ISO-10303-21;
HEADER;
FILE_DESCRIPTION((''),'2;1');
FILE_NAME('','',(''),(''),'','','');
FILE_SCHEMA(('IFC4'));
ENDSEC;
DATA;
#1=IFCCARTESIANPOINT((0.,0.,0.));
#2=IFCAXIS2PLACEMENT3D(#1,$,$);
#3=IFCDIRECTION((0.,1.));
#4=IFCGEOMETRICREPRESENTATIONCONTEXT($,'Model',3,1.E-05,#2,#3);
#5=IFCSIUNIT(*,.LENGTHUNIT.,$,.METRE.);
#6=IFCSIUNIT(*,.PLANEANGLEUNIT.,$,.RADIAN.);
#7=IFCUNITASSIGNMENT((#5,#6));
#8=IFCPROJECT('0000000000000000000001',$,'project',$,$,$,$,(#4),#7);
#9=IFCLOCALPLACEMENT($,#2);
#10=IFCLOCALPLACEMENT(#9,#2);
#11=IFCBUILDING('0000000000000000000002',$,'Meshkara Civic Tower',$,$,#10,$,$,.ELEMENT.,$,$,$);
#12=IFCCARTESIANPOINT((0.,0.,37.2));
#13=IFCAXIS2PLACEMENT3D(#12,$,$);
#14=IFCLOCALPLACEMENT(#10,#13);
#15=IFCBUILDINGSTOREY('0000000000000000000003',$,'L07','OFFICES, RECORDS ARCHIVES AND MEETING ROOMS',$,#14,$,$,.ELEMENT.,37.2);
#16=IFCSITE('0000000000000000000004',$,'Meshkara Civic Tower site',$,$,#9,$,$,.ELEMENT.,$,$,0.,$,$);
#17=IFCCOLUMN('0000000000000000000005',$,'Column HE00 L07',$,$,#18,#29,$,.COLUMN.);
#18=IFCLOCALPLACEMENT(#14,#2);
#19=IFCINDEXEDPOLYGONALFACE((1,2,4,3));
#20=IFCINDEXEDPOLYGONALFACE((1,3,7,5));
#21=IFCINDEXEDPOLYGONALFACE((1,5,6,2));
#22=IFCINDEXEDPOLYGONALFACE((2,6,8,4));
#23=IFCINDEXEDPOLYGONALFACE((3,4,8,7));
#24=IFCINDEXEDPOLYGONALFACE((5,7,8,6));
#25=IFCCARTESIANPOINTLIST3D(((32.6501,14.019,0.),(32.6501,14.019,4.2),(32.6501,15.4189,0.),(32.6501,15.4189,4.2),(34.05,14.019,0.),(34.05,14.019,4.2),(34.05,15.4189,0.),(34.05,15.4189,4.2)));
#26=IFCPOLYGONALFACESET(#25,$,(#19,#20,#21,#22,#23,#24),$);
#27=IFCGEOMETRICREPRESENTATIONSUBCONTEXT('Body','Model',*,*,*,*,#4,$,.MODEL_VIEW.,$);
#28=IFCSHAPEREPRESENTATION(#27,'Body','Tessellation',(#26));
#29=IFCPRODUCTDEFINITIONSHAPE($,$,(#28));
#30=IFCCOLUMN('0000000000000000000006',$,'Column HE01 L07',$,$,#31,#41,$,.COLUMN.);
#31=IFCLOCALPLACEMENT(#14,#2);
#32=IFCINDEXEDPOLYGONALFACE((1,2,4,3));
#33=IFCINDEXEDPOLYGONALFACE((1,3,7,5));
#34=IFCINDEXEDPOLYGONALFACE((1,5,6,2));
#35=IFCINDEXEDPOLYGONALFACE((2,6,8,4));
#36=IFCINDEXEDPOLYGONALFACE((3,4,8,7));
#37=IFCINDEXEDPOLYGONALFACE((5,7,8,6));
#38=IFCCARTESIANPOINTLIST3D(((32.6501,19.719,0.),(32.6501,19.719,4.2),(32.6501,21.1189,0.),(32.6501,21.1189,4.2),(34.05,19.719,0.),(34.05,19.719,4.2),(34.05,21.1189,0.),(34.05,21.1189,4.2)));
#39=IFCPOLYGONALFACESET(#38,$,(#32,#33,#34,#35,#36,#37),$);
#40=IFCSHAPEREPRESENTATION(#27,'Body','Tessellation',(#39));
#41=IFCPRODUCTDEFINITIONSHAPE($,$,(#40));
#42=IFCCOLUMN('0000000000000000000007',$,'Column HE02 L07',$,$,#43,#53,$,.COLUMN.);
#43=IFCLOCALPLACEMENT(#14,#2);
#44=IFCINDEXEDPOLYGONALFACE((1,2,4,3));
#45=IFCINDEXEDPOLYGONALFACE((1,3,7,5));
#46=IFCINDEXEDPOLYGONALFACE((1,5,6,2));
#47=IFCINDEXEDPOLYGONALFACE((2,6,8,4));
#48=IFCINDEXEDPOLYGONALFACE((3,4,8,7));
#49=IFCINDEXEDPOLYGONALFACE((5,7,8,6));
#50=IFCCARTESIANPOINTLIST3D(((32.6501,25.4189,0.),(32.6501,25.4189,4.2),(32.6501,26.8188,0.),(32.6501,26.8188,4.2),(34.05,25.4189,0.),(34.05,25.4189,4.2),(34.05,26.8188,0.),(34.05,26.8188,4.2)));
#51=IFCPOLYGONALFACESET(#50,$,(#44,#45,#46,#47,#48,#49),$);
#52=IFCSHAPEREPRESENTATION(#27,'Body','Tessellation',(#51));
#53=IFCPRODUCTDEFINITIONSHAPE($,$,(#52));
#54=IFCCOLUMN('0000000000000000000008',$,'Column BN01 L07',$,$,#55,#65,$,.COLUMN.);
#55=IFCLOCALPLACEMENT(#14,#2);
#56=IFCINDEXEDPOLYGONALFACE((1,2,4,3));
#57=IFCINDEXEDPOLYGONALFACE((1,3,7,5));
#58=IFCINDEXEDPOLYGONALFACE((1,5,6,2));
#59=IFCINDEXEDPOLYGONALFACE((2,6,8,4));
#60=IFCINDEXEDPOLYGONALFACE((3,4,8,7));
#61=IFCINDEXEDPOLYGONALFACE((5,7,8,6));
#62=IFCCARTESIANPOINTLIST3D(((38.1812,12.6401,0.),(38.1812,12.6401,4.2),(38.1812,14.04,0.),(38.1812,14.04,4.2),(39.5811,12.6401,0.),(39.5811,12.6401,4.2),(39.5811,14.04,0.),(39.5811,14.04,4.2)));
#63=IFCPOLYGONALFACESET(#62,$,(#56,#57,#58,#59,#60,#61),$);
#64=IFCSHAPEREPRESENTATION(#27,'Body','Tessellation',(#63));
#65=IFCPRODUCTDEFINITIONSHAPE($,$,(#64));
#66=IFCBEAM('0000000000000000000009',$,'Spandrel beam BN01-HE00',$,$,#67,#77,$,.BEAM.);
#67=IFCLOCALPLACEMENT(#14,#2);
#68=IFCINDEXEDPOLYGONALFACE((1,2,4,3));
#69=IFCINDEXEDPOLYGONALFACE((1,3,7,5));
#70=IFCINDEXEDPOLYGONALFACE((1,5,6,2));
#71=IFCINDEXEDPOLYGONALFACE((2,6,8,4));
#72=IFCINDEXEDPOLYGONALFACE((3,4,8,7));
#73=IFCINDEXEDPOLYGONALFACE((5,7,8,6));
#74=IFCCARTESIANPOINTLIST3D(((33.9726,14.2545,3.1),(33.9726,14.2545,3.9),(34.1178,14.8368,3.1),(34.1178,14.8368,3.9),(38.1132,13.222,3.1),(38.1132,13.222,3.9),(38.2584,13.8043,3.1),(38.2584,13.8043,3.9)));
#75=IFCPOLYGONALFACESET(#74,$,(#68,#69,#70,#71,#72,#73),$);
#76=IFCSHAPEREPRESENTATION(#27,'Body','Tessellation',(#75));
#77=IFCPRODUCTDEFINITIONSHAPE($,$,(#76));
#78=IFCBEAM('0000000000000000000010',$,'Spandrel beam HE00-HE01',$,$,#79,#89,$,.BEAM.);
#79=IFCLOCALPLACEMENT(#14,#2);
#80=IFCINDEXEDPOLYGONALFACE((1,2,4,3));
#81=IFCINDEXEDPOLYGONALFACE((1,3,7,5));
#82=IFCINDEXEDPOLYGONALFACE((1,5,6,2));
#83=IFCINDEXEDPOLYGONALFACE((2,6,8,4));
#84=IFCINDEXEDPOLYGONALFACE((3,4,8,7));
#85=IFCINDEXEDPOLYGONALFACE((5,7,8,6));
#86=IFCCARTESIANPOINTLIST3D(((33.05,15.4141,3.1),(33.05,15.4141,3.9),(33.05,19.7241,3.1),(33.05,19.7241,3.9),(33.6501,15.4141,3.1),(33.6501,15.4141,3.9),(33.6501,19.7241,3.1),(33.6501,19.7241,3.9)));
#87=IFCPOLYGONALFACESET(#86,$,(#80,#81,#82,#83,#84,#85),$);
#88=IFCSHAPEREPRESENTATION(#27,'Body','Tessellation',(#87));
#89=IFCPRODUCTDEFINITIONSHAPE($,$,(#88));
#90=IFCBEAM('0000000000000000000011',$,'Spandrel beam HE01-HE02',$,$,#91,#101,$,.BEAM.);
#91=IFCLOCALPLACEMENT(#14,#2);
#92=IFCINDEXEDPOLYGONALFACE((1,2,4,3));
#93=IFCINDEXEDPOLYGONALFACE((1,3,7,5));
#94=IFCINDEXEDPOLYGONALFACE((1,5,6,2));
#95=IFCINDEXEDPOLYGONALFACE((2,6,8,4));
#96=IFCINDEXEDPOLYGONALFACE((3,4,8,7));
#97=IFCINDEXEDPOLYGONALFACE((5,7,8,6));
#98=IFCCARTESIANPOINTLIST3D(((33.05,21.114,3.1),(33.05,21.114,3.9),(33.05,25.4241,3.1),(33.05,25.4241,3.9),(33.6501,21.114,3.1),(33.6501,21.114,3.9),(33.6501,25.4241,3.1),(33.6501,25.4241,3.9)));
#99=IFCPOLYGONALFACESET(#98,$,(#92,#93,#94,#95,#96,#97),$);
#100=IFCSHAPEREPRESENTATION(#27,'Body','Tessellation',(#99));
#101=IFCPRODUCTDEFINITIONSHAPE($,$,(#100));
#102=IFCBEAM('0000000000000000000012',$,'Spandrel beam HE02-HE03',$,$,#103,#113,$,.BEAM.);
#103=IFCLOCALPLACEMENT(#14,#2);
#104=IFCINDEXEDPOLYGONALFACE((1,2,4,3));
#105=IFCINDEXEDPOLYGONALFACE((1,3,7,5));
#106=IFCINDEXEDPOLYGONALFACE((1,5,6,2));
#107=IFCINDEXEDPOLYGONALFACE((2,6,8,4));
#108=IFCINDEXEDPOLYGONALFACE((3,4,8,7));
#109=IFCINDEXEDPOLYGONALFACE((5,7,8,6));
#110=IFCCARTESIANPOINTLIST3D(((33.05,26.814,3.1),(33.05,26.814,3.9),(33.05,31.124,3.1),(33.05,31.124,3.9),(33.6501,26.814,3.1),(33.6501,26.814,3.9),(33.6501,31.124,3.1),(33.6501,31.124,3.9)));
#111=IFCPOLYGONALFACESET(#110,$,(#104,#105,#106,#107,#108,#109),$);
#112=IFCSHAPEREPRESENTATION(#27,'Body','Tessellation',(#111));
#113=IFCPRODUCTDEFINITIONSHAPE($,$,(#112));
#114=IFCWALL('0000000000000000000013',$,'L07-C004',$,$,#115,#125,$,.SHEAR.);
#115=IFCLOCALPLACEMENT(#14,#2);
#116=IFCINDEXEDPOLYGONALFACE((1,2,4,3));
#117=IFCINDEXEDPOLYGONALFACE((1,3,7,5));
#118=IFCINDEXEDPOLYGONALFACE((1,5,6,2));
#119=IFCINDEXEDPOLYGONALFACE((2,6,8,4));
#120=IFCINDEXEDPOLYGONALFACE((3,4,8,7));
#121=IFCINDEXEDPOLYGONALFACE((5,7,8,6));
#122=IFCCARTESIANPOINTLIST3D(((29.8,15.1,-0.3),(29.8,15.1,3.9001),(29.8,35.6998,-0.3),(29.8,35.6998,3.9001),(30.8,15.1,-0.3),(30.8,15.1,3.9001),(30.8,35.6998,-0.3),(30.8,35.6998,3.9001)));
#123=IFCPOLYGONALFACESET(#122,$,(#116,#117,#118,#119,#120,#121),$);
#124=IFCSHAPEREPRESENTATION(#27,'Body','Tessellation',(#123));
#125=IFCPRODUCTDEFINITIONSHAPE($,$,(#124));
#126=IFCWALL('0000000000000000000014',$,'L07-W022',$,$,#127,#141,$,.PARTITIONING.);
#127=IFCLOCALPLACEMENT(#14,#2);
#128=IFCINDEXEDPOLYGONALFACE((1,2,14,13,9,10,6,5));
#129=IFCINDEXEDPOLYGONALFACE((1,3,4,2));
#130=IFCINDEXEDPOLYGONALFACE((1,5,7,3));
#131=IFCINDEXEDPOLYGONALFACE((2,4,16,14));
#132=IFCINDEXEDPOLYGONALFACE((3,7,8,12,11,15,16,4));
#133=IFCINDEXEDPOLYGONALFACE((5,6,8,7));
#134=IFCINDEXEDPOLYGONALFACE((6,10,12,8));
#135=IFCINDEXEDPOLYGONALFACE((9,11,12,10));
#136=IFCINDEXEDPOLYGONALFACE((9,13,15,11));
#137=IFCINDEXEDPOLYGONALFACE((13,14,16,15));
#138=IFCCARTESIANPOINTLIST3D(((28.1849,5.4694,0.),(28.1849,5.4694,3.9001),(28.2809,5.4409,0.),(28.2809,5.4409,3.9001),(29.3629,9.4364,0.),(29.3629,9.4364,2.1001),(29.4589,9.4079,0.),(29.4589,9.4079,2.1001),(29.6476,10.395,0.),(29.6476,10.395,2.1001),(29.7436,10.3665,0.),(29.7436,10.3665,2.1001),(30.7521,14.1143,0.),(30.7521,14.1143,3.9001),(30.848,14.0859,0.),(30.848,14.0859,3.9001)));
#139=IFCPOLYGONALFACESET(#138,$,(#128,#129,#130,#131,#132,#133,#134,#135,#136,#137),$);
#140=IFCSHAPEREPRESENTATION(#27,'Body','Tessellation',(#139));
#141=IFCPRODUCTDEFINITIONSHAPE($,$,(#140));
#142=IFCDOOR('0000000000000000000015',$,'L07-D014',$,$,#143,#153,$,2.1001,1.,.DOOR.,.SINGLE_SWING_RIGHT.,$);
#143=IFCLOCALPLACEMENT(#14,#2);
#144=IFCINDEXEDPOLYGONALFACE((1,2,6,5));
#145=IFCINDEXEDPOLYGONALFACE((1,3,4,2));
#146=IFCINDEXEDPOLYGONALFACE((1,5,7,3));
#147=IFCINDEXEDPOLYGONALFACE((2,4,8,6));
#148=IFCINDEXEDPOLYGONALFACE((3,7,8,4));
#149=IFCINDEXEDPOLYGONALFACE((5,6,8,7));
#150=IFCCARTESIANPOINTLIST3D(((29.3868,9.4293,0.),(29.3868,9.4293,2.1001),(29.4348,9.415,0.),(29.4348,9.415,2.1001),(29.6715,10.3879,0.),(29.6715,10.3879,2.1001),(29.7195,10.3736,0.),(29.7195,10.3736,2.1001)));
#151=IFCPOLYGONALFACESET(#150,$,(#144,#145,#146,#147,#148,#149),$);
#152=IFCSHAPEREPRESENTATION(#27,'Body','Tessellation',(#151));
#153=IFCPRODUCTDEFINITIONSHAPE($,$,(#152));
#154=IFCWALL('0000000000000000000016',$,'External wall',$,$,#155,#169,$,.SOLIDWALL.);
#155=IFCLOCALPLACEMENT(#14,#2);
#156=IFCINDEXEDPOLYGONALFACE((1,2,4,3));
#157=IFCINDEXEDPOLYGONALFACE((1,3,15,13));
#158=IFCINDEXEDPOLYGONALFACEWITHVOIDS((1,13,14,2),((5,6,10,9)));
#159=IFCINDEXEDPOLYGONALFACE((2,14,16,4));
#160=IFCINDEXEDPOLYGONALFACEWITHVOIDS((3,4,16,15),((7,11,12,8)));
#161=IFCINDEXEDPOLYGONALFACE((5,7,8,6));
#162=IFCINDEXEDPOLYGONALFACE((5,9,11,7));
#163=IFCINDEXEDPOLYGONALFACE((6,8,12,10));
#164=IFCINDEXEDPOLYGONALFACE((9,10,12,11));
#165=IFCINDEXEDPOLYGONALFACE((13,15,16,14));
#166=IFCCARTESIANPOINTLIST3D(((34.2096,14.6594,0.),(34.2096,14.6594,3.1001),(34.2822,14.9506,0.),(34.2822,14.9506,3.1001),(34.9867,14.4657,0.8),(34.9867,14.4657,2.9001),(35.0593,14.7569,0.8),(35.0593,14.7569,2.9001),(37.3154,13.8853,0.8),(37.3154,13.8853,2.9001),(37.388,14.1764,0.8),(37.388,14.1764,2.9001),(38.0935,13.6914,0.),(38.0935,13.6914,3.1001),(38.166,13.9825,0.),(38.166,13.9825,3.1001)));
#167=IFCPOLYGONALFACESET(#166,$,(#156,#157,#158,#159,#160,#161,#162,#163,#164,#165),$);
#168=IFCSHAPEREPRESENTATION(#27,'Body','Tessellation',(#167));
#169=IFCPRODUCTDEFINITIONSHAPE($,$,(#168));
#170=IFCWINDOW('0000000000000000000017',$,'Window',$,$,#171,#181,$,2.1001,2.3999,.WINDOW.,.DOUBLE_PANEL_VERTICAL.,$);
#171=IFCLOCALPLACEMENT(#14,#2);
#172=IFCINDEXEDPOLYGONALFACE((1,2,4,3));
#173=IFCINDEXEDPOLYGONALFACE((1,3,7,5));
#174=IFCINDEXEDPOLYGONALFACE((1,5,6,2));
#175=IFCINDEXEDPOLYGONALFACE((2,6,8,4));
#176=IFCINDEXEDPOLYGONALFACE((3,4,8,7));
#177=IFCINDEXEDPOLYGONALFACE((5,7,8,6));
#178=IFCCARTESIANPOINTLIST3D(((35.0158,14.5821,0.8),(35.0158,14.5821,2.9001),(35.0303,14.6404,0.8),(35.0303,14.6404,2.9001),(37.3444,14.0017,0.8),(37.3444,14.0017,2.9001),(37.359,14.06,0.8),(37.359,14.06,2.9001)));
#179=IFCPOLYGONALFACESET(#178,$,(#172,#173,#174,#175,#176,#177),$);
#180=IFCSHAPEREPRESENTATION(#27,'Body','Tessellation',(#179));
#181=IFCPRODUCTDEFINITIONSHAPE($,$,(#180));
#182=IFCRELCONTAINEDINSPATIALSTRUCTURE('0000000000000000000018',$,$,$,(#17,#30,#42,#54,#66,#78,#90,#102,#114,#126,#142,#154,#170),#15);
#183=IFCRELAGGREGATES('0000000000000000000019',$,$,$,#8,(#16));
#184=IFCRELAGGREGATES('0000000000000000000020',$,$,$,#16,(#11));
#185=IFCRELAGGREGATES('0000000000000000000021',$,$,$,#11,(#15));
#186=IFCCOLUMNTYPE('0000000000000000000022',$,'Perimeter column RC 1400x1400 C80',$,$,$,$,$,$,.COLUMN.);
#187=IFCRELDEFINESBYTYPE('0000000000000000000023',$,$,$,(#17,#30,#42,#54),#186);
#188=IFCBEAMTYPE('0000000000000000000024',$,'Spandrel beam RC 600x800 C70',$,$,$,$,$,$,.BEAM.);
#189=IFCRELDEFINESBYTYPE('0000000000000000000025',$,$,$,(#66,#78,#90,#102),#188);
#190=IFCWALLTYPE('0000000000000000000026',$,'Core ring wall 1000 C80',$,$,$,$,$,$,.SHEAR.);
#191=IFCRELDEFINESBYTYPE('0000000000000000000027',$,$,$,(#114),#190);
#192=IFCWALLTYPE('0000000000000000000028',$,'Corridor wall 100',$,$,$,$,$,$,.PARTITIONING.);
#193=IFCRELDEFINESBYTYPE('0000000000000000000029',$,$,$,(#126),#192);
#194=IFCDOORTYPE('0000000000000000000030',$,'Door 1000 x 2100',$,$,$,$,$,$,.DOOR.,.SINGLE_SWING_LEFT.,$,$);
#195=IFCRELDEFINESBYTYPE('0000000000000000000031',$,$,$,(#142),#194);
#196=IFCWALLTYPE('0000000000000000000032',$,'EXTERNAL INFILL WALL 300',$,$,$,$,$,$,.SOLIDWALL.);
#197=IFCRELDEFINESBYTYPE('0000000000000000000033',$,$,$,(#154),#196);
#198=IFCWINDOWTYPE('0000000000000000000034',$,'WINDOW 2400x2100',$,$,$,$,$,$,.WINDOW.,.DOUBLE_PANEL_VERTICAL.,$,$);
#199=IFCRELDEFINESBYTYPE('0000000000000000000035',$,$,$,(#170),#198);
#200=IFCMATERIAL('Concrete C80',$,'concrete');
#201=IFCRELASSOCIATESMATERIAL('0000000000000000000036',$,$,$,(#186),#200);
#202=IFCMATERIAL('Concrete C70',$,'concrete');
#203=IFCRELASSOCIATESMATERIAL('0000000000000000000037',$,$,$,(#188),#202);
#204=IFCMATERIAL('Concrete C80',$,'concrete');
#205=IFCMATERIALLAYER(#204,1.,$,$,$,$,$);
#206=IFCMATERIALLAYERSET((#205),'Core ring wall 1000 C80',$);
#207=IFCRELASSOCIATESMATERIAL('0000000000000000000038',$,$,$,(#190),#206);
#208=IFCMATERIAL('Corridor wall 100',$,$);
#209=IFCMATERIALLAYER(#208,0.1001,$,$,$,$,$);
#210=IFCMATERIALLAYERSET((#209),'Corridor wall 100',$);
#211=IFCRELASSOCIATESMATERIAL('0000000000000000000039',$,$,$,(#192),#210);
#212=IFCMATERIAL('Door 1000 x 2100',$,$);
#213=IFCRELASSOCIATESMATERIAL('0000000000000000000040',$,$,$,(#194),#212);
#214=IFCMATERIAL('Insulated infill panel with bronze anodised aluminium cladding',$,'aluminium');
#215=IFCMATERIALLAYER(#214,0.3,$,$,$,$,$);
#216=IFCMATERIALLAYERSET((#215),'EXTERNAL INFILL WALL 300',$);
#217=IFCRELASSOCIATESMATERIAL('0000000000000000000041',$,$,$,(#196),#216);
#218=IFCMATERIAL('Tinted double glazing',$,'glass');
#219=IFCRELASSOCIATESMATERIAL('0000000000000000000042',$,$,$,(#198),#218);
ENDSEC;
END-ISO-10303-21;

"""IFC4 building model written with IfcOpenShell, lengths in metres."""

from ifc_helpers import new_model, si_unit, direction, frame, frame_2d, origin, origin_2d, place, context, subcontext, project, spatial, rectangle, extrude, material, layer, layer_set, material_profile, profile_set, type_object, element, fill, save


model = new_model("IFC4")

# Units and contexts
model_context = context("Model", 3, precision=1e-05, world=origin(), true_north=direction((0.0, 1.0)))
body_context = subcontext(model_context, "Body", "Model", "MODEL_VIEW")
ifc_project = project(units=[si_unit("LENGTHUNIT", "METRE"), si_unit("PLANEANGLEUNIT", "RADIAN")], contexts=[model_context])

# Site, building, storey
site_placement = place(None, origin())
site = spatial("IfcSite", under=ifc_project, at=site_placement, Name="Meshkara Civic Tower site", CompositionType="ELEMENT", RefElevation=0.0)
building_placement = place(site_placement, origin())
building = spatial("IfcBuilding", under=site, at=building_placement, Name="Meshkara Civic Tower", CompositionType="ELEMENT")
storey_placement = place(building_placement, frame((0.0, 0.0, 37.2)))
storey = spatial("IfcBuildingStorey", under=building, at=storey_placement, Name="L07", Description="OFFICES, RECORDS ARCHIVES AND MEETING ROOMS", CompositionType="ELEMENT", Elevation=37.2)

# Columns
ifc_material_1 = material(Name="Concrete C80", Category="concrete")
ifc_material_profile_1 = material_profile(ifc_material_1, rectangle(XDim=1.3999, YDim=1.3999, at=origin_2d()))
ifc_profile_set_1 = profile_set([ifc_material_profile_1], Name="Concrete C80")
column_type = type_object("IfcColumnType", Name="Perimeter column RC 1400x1400 C80", PredefinedType="COLUMN", material=ifc_profile_set_1)
for number, where, z_axis, x_axis, name in (
    (1, (33.3501, 14.719, 0.0), (0.0, 0.0, 1.0), (1.0, 0.0, 0.0), "Column HE00 L07"),
    (2, (33.3501, 20.4189, 0.0), (0.0, 0.0, 1.0), (1.0, 0.0, 0.0), "Column HE01 L07"),
    (3, (33.3501, 26.1189, 0.0), (0.0, 0.0, 1.0), (1.0, 0.0, 0.0), "Column HE02 L07"),
    (4, (38.8811, 13.3401, 0.0), (0.0, 0.0, 1.0), (1.0, 0.0, 0.0), "Column BN01 L07"),
):
    element("IfcColumn", number, at=place(storey_placement, frame(where, z_axis=z_axis, x_axis=x_axis)), inside=storey, type_object=column_type, Name=name, PredefinedType="COLUMN", context=body_context, shape_type="SweptSolid", body=[
        extrude(rectangle(XDim=1.3999, YDim=1.3999, at=origin_2d()), origin(), (0.0, 0.0, 1.0), 4.2),
    ])

# Beams
ifc_material_2 = material(Name="Concrete C70", Category="concrete")
ifc_material_profile_2 = material_profile(ifc_material_2, rectangle(XDim=0.6001, YDim=0.8, at=origin_2d()))
ifc_profile_set_2 = profile_set([ifc_material_profile_2], Name="Concrete C70")
beam_type = type_object("IfcBeamType", Name="Spandrel beam RC 600x800 C70", PredefinedType="BEAM", material=ifc_profile_set_2)
beam_placement = place(storey_placement, frame((38.1858, 13.5132, 3.5), z_axis=(-0.97029, 0.241943, 0.0), x_axis=(-0.241943, -0.97029, 0.0)))
element("IfcBeam", 5, at=beam_placement, inside=storey, type_object=beam_type, Name="Spandrel beam BN01-HE00", PredefinedType="BEAM", context=body_context, shape_type="SweptSolid", body=[
    extrude(rectangle(XDim=0.6001, YDim=0.8, at=origin_2d()), origin(), (0.0, 0.0, 1.0), 4.2673),
])
for number, where, z_axis, x_axis, name in (
    (6, (33.3501, 15.4141, 3.5), (0.0, 1.0, 0.0), (-1.0, 0.0, 0.0), "Spandrel beam HE00-HE01"),
    (7, (33.3501, 21.114, 3.5), (0.0, 1.0, 0.0), (-1.0, 0.0, 0.0), "Spandrel beam HE01-HE02"),
    (8, (33.3501, 26.814, 3.5), (0.0, 1.0, 0.0), (-1.0, 0.0, 0.0), "Spandrel beam HE02-HE03"),
):
    element("IfcBeam", number, at=place(storey_placement, frame(where, z_axis=z_axis, x_axis=x_axis)), inside=storey, type_object=beam_type, Name=name, PredefinedType="BEAM", context=body_context, shape_type="SweptSolid", body=[
        extrude(rectangle(XDim=0.6001, YDim=0.8, at=origin_2d()), origin(), (0.0, 0.0, 1.0), 4.3101),
    ])

# Wall
ifc_material_3 = material(Name="Concrete C80", Category="concrete")
ifc_layer_1 = layer(ifc_material_3, 1.0)
ifc_layer_set_1 = layer_set([ifc_layer_1], Name="Core ring wall 1000 C80")
wall_type_1 = type_object("IfcWallType", Name="Core ring wall 1000 C80", PredefinedType="SHEAR", material=ifc_layer_set_1)
wall_1_placement = place(storey_placement, frame((30.3, 15.1001, -0.3), z_axis=(0.0, 0.0, 1.0), x_axis=(0.0, 1.0, 0.0)))
element("IfcWall", 9, at=wall_1_placement, inside=storey, type_object=wall_type_1, Name="L07-C004", PredefinedType="SHEAR", context=body_context, shape_type="SweptSolid", body=[
    extrude(rectangle(XDim=20.5999, YDim=1.0, at=frame_2d((10.2998, 0.0))), origin(), (0.0, 0.0, 1.0), 4.2002),
])

# Wall, opening, door
ifc_material_4 = material(Name="Corridor wall 100")
ifc_layer_2 = layer(ifc_material_4, 0.1001)
ifc_layer_set_2 = layer_set([ifc_layer_2], Name="Corridor wall 100")
wall_type_2 = type_object("IfcWallType", Name="Corridor wall 100", PredefinedType="PARTITIONING", material=ifc_layer_set_2)
wall_2_placement = place(storey_placement, frame((30.8, 14.1001, 0.0), z_axis=(0.0, 0.0, 1.0), x_axis=(-0.284664, -0.958627, 0.0)))
wall_2 = element("IfcWall", 10, at=wall_2_placement, inside=storey, type_object=wall_type_2, Name="L07-W022", PredefinedType="PARTITIONING", context=body_context, shape_type="SweptSolid", body=[
    extrude(rectangle(XDim=9.0181, YDim=0.1001, at=frame_2d((4.509, 0.0))), origin(), (0.0, 0.0, 1.0), 3.9001),
])
opening_1_placement = place(wall_2_placement, frame((3.8799, 0.0, 0.0)))
opening_1 = element("IfcOpeningElement", 11, at=opening_1_placement, cuts=wall_2, PredefinedType="OPENING", context=body_context, shape_type="SweptSolid", body=[
    extrude(rectangle(XDim=1.0, YDim=2.1001, at=frame_2d((0.5, 1.05))), frame((0.0, 0.0601, 0.0), z_axis=(0.0, -1.0, 0.0), x_axis=(1.0, 0.0, 0.0)), (0.0, 0.0, 1.0), 0.1201),
])
ifc_material_5 = material(Name="Door 1000 x 2100")
door_type_1 = type_object("IfcDoorType", Name="Door 1000 x 2100", OperationType="SINGLE_SWING_LEFT", PredefinedType="DOOR", material=ifc_material_5)
door_1_placement = place(opening_1_placement, origin())
door_1 = element("IfcDoor", 12, at=door_1_placement, inside=storey, type_object=door_type_1, Name="L07-D014", OperationType="SINGLE_SWING_RIGHT", OverallHeight=2.1001, OverallWidth=1.0, PredefinedType="DOOR", context=body_context, shape_type="SweptSolid", body=[
    extrude(rectangle(XDim=1.0, YDim=2.1001, at=frame_2d((0.5, 1.05))), frame((0.0, 0.0249, 0.0), z_axis=(0.0, -1.0, 0.0), x_axis=(1.0, 0.0, 0.0)), (0.0, 0.0, 1.0), 0.05),
])
fill(opening_1, door_1)

# Wall, opening, window
ifc_material_6 = material(Name="Insulated infill panel with bronze anodised aluminium cladding", Category="aluminium")
ifc_layer_3 = layer(ifc_material_6, 0.3)
ifc_layer_set_3 = layer_set([ifc_layer_3], Name="EXTERNAL INFILL WALL 300")
wall_type_3 = type_object("IfcWallType", Name="EXTERNAL INFILL WALL 300", PredefinedType="SOLIDWALL", material=ifc_layer_set_3)
wall_3_placement = place(storey_placement, frame((38.1299, 13.8369, 0.0), z_axis=(0.0, 0.0, 1.0), x_axis=(-0.970314, 0.241847, 0.0)))
wall_3 = element("IfcWall", 13, at=wall_3_placement, inside=storey, type_object=wall_type_3, Name="External wall", PredefinedType="SOLIDWALL", context=body_context, shape_type="SweptSolid", body=[
    extrude(rectangle(XDim=4.0027, YDim=0.3, at=frame_2d((2.0015, 0.0))), origin(), (0.0, 0.0, 1.0), 3.1001),
])
opening_2_placement = place(wall_3_placement, frame((0.802, 0.0, 0.8)))
opening_2 = element("IfcOpeningElement", 14, at=opening_2_placement, cuts=wall_3, PredefinedType="OPENING", context=body_context, shape_type="SweptSolid", body=[
    extrude(rectangle(XDim=2.3999, YDim=2.1001, at=frame_2d((1.2, 1.05))), frame((0.0, 0.1599, 0.0), z_axis=(0.0, -1.0, 0.0), x_axis=(1.0, 0.0, 0.0)), (0.0, 0.0, 1.0), 0.3201),
])
ifc_material_7 = material(Name="Tinted double glazing", Category="glass")
window_type = type_object("IfcWindowType", Name="WINDOW 2400x2100", PartitioningType="DOUBLE_PANEL_VERTICAL", PredefinedType="WINDOW", material=ifc_material_7)
window_1_placement = place(opening_2_placement, origin())
window_1 = element("IfcWindow", 15, at=window_1_placement, inside=storey, type_object=window_type, Name="Window", OverallHeight=2.1001, OverallWidth=2.3999, PartitioningType="DOUBLE_PANEL_VERTICAL", PredefinedType="WINDOW", context=body_context, shape_type="SweptSolid", body=[
    extrude(rectangle(XDim=2.3999, YDim=2.1001, at=frame_2d((1.2, 1.05))), frame((0.0, 0.03, 0.0), z_axis=(0.0, -1.0, 0.0), x_axis=(1.0, 0.0, 0.0)), (0.0, 0.0, 1.0), 0.0601),
])
fill(opening_2, window_1)

save(model, "model.ifc")
